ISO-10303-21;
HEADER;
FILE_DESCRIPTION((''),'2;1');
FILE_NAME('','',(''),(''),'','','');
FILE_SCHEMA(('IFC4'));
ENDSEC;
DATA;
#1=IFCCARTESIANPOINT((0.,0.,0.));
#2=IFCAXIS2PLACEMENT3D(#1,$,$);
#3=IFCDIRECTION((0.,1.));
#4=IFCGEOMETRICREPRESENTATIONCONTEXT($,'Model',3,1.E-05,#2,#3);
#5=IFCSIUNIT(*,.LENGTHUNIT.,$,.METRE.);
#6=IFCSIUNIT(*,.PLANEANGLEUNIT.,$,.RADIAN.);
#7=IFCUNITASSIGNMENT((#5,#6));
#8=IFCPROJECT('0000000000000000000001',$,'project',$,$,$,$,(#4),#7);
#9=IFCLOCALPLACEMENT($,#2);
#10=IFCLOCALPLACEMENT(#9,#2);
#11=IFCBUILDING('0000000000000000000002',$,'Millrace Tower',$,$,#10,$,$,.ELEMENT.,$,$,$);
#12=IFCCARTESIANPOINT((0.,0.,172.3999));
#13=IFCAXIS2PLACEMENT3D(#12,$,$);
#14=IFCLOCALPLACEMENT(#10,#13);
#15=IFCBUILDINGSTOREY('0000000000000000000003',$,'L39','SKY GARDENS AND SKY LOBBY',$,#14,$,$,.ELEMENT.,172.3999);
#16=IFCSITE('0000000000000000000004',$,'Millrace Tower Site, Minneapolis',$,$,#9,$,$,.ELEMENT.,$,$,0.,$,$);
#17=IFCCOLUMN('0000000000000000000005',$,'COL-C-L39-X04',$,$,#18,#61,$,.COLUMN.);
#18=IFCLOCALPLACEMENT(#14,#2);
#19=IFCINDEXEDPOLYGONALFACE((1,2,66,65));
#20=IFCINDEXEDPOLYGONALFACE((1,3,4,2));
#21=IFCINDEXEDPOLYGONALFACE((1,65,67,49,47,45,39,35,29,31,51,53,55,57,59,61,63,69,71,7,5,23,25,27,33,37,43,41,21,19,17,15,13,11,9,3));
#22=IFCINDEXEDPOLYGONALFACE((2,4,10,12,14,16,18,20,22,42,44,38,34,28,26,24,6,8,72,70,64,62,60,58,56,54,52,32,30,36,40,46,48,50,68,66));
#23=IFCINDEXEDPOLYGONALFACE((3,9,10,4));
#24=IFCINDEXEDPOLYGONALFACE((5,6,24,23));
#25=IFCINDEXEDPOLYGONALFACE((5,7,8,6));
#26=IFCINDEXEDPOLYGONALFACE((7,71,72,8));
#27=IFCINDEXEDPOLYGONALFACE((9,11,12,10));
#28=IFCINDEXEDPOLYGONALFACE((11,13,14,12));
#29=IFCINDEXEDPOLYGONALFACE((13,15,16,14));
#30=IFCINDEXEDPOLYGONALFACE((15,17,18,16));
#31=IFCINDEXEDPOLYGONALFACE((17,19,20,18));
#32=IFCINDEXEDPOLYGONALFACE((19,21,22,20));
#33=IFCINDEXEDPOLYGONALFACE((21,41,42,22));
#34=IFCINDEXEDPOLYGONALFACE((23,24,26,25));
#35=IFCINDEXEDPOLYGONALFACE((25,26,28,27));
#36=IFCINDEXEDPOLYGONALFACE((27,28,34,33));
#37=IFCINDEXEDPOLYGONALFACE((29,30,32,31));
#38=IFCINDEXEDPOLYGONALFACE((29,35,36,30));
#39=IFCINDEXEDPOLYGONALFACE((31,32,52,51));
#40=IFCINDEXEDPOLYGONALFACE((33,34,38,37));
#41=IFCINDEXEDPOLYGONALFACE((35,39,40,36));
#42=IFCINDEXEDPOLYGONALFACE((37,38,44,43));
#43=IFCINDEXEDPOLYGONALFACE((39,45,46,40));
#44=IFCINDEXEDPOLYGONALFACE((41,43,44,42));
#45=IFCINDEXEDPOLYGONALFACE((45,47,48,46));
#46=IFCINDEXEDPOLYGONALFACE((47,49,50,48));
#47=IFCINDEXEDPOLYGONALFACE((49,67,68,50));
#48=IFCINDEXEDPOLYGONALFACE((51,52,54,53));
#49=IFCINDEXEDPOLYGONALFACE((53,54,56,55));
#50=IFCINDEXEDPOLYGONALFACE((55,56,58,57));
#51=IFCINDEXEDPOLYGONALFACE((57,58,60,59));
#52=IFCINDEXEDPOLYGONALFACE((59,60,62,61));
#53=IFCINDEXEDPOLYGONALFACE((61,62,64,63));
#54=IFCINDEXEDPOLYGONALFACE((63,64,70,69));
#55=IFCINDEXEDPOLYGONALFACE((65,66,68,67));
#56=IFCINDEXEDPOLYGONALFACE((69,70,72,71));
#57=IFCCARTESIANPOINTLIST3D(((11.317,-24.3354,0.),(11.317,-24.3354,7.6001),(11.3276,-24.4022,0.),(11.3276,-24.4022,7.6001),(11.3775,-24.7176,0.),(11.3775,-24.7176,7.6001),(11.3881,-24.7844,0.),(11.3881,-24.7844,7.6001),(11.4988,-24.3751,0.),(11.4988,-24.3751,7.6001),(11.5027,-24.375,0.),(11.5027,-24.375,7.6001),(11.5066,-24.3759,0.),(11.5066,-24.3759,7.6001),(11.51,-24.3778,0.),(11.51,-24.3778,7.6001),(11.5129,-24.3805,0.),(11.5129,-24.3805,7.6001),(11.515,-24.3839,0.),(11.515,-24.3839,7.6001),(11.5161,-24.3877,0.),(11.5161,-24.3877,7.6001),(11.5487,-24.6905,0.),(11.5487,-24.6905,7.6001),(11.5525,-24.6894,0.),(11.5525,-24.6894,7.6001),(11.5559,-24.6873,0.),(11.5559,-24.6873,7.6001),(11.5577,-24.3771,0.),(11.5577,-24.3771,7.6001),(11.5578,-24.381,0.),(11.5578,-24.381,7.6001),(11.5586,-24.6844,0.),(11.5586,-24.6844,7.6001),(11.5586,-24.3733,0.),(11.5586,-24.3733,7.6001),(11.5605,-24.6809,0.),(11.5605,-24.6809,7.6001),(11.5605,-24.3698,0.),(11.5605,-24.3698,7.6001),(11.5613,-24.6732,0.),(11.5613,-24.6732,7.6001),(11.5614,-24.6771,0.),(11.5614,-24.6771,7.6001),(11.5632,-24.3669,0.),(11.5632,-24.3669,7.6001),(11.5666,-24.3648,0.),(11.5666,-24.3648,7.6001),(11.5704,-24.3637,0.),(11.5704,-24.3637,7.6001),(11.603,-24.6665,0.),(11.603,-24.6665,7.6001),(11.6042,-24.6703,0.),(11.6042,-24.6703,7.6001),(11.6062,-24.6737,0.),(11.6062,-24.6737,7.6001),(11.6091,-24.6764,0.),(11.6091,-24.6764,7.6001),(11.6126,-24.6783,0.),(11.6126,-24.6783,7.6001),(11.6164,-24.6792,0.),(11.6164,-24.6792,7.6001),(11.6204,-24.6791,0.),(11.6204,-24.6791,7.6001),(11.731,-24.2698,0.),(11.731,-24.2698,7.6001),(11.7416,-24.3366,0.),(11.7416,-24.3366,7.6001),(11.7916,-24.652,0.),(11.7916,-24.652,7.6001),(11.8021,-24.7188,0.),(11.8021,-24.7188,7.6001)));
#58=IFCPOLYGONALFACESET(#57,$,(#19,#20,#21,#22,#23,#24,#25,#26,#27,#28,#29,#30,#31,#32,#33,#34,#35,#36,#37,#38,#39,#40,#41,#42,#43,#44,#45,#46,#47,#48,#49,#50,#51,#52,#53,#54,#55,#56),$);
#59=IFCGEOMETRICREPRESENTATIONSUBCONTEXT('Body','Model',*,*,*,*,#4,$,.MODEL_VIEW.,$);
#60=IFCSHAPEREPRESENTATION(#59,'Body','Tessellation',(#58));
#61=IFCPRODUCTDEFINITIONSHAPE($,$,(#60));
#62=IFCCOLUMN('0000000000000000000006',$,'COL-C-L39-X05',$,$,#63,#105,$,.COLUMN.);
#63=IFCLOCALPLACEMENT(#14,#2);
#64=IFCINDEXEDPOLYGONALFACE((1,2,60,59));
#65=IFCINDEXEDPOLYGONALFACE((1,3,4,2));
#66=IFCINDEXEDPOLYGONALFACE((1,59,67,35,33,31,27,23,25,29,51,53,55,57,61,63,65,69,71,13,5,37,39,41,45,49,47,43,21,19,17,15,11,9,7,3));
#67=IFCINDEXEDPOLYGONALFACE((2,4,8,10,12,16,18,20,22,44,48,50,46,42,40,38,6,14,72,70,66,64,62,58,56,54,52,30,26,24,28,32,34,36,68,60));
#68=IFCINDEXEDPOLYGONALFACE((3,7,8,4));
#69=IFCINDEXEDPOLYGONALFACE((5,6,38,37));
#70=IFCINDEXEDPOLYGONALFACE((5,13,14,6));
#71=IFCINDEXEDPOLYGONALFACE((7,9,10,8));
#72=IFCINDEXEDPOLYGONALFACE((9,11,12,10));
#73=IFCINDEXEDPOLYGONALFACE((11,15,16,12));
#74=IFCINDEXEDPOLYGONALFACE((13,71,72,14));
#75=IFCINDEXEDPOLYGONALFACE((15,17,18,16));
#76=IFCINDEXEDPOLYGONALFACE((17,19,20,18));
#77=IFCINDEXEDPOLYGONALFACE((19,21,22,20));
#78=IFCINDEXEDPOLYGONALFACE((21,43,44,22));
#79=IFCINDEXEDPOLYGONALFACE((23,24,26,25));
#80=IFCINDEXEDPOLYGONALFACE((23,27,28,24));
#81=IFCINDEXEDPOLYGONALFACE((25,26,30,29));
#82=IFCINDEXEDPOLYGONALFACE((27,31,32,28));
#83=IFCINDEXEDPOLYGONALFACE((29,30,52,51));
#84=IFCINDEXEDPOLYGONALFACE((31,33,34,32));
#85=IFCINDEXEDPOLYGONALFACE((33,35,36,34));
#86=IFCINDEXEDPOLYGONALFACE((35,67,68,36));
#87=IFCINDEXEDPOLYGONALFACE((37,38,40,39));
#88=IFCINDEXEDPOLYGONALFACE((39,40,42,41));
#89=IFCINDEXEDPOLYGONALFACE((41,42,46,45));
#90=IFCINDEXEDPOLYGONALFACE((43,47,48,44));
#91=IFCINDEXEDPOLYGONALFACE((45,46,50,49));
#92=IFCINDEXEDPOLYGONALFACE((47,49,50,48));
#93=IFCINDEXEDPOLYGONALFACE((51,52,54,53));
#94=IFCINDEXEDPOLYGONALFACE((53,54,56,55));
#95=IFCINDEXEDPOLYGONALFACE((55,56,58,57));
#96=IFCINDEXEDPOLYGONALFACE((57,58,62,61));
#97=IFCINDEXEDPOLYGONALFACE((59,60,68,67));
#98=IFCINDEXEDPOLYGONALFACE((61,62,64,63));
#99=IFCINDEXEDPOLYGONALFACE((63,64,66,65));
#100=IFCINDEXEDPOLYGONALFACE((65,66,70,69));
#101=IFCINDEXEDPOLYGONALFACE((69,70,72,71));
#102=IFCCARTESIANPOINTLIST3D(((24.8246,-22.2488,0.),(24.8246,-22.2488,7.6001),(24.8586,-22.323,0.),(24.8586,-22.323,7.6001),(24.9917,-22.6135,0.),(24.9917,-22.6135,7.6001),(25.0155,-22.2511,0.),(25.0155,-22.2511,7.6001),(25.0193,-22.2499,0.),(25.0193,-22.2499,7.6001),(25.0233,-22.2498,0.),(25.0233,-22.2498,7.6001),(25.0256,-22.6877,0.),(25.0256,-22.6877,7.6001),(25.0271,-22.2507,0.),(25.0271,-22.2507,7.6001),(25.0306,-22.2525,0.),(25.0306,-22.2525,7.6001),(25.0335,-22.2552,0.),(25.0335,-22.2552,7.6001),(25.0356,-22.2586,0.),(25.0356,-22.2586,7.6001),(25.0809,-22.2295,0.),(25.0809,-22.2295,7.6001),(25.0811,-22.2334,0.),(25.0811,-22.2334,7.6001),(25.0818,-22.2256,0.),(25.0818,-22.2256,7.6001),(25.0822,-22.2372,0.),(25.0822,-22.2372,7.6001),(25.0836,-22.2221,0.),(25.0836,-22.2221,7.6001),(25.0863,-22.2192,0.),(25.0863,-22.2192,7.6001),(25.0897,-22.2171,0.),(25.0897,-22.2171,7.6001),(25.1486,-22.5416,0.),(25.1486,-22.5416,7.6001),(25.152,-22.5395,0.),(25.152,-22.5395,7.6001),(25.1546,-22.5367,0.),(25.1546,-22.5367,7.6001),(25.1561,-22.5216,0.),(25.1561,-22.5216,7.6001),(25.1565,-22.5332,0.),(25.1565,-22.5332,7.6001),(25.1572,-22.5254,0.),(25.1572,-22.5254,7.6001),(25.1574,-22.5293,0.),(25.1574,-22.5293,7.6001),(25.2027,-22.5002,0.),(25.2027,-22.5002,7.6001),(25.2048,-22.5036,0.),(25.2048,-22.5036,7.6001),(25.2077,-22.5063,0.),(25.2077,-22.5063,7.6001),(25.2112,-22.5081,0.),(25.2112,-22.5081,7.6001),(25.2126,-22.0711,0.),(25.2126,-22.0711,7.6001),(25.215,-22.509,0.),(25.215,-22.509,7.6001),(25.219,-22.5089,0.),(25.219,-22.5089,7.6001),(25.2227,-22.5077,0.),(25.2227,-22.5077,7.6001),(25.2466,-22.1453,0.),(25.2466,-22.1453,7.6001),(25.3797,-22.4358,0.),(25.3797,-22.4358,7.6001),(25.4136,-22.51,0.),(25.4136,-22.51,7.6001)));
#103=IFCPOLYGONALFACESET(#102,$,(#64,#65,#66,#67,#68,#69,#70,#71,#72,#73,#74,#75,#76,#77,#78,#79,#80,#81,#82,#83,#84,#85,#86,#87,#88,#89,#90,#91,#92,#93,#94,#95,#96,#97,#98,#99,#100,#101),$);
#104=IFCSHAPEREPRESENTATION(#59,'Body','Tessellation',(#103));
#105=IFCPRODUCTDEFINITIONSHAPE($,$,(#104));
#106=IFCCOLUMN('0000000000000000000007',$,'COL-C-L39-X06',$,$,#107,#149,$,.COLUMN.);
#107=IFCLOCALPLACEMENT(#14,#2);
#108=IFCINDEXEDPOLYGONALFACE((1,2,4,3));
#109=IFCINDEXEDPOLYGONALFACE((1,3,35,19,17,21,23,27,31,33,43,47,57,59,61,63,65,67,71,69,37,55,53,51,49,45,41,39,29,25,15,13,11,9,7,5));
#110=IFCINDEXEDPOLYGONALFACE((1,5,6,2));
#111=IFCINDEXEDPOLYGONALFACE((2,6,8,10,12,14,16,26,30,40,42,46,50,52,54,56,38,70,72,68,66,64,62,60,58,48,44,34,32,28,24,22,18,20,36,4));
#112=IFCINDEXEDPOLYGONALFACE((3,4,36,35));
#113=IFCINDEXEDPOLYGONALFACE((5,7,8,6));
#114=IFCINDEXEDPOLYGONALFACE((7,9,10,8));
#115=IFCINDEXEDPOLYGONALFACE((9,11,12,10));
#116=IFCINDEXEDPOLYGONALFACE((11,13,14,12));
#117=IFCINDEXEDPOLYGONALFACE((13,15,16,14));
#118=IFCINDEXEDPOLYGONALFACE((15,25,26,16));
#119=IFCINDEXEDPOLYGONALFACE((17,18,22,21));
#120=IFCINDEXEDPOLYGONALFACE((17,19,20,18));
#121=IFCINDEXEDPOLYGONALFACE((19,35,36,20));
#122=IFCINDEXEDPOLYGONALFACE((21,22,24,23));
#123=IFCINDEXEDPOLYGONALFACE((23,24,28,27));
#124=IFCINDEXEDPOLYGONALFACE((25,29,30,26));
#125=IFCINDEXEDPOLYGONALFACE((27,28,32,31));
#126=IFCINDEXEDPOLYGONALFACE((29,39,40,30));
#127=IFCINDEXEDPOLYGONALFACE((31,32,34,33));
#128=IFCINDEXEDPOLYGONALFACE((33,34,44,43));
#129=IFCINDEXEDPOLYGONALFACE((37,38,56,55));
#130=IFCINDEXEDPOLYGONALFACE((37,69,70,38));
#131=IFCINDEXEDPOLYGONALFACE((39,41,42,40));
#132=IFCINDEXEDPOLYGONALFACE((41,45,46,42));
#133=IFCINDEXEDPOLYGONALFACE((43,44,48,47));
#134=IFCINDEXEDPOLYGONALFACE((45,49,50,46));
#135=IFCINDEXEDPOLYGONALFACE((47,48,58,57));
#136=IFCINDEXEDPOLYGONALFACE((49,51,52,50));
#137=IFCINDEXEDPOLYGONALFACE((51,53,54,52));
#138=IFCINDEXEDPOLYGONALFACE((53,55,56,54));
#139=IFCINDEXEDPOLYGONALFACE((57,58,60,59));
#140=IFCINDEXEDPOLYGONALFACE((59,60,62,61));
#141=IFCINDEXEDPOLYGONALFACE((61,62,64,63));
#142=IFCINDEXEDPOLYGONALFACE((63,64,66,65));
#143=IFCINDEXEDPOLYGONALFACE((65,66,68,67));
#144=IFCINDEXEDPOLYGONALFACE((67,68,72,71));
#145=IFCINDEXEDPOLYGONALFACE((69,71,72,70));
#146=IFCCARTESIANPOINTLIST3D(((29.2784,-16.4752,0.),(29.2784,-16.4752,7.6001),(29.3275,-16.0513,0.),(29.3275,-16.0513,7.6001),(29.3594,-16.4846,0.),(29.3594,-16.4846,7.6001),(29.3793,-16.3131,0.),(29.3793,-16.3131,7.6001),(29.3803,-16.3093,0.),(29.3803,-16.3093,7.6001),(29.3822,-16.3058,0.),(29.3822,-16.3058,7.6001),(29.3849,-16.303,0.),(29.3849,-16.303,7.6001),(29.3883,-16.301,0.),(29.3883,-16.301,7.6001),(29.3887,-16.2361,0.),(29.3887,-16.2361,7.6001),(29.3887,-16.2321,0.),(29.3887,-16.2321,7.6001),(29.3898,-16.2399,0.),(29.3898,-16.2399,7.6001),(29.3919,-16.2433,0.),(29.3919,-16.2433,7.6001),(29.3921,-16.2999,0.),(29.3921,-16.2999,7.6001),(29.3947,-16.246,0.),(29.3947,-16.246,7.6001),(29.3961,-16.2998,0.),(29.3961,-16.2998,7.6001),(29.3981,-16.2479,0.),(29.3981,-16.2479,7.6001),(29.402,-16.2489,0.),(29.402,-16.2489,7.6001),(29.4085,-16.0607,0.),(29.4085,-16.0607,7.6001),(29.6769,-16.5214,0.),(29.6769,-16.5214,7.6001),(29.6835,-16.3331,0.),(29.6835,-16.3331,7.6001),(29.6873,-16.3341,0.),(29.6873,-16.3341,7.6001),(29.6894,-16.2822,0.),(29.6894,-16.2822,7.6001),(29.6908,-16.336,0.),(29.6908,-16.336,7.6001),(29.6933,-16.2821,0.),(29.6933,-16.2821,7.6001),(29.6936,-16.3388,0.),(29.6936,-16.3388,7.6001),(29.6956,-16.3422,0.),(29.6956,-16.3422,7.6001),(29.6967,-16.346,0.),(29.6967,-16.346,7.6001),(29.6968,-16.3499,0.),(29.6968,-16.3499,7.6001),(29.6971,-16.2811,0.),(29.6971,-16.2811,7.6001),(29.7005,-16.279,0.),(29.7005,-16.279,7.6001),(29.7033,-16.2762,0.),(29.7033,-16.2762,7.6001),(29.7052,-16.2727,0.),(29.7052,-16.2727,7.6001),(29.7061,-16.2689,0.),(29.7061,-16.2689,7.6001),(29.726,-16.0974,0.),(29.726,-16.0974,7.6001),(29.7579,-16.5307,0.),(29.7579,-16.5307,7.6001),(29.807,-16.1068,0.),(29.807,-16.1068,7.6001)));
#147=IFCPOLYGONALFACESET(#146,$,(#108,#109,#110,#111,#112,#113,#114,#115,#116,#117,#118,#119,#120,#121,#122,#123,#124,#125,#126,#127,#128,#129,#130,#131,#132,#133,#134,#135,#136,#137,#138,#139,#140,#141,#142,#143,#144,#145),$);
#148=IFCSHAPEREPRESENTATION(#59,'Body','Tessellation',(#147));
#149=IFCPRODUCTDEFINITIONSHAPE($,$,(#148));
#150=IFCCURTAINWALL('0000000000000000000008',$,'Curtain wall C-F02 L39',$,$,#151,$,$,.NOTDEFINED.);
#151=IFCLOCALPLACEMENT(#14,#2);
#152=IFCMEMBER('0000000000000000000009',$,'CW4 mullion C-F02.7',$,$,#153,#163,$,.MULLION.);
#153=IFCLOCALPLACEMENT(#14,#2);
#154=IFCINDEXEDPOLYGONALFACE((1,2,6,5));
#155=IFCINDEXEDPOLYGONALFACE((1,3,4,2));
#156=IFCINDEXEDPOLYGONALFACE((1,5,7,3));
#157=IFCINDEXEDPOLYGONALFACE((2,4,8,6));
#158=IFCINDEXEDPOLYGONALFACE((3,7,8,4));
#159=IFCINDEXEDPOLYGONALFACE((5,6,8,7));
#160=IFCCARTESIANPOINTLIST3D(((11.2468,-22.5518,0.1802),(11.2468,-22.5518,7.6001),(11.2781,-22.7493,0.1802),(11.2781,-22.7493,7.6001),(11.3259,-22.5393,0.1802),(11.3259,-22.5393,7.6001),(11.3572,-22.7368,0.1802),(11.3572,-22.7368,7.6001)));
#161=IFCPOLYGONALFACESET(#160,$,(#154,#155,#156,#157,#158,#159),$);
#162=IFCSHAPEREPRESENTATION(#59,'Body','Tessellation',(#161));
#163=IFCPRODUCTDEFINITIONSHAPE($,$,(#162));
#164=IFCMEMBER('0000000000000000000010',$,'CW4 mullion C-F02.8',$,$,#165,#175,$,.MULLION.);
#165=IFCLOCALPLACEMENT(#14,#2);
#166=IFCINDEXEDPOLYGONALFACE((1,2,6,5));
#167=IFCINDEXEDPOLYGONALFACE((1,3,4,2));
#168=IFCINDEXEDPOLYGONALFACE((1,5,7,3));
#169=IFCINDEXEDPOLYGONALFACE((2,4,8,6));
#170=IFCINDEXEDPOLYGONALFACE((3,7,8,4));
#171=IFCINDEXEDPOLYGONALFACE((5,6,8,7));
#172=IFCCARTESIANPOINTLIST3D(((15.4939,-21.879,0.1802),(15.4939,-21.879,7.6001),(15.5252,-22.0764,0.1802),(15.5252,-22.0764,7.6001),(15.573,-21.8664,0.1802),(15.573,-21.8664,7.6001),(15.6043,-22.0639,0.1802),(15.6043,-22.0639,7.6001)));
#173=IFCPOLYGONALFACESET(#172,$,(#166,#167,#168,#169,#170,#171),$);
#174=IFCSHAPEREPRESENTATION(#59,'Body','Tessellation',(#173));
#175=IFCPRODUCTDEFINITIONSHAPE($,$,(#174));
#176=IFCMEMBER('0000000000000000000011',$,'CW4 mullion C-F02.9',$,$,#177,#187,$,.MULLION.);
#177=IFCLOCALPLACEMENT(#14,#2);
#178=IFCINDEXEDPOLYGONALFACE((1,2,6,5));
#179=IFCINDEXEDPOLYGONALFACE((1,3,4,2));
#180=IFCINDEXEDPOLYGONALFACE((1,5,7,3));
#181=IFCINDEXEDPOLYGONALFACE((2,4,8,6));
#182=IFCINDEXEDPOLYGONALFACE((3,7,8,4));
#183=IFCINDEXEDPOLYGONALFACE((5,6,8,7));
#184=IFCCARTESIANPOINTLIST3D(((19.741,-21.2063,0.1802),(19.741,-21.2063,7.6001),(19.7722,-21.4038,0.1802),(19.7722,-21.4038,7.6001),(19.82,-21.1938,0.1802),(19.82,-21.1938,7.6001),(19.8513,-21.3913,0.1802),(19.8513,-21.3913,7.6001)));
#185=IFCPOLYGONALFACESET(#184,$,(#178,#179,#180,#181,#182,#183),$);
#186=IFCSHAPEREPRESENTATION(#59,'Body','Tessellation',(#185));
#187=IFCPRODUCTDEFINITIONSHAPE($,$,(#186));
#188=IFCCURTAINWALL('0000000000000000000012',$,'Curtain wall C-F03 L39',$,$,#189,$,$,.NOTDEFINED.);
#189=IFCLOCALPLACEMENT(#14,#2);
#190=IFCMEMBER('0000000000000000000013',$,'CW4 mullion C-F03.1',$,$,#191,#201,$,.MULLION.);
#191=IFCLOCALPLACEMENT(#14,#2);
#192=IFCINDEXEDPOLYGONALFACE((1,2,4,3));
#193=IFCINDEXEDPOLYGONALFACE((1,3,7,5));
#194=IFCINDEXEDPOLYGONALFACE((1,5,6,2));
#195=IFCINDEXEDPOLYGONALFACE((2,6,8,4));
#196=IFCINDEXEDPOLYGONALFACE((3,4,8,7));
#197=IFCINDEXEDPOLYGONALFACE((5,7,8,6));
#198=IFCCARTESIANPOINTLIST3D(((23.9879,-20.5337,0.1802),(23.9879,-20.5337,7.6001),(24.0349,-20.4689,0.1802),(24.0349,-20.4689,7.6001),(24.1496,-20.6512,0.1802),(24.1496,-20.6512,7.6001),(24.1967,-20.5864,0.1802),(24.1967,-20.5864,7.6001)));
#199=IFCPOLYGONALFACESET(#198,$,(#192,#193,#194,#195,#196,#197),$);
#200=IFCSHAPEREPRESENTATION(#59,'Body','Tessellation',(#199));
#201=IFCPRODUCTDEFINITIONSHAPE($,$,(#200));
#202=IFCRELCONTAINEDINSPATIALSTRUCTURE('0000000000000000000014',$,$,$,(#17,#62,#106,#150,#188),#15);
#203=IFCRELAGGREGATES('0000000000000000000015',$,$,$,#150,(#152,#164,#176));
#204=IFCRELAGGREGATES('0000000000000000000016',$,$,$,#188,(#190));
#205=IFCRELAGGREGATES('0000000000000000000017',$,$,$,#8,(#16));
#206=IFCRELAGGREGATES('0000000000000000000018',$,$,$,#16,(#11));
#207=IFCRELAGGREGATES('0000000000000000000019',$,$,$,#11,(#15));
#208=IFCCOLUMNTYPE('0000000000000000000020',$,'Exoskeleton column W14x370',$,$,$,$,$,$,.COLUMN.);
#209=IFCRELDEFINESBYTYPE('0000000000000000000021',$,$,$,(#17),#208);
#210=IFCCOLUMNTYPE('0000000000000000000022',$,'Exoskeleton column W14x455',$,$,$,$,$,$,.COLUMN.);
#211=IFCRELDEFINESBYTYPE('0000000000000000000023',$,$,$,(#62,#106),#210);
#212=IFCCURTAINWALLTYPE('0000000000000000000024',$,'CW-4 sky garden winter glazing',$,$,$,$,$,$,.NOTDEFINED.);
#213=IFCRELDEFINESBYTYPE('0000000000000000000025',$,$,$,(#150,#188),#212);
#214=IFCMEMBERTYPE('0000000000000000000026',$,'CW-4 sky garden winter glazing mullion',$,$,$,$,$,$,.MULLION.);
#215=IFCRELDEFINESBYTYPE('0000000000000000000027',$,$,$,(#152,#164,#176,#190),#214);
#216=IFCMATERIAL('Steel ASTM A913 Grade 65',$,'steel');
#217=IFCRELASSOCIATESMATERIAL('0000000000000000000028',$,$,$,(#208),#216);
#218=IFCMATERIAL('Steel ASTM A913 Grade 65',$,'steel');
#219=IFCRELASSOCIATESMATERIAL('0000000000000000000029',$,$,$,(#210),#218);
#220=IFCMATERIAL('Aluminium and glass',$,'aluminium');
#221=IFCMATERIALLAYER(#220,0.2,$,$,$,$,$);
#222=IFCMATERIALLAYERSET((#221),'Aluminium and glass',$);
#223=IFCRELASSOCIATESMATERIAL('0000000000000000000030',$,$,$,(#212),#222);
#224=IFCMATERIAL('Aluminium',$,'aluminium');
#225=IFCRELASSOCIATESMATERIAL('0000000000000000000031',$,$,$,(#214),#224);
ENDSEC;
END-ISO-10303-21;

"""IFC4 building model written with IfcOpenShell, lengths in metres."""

from ifc_helpers import new_model, si_unit, direction, frame, origin, origin_2d, place, context, subcontext, project, spatial, rectangle, i_section, extrude, material, layer, layer_set, material_profile, profile_set, type_object, element, aggregate, save


model = new_model("IFC4")

# Units and contexts
model_context = context("Model", 3, precision=1e-05, world=origin(), true_north=direction((0.0, 1.0)))
body_context = subcontext(model_context, "Body", "Model", "MODEL_VIEW")
ifc_project = project(units=[si_unit("LENGTHUNIT", "METRE"), si_unit("PLANEANGLEUNIT", "RADIAN")], contexts=[model_context])

# Site, building, storey
site_placement = place(None, origin())
site = spatial("IfcSite", under=ifc_project, at=site_placement, Name="Millrace Tower Site, Minneapolis", CompositionType="ELEMENT", RefElevation=0.0)
building_placement = place(site_placement, origin())
building = spatial("IfcBuilding", under=site, at=building_placement, Name="Millrace Tower", CompositionType="ELEMENT")
storey_placement = place(building_placement, frame((0.0, 0.0, 172.3999)))
storey = spatial("IfcBuildingStorey", under=building, at=storey_placement, Name="L39", Description="SKY GARDENS AND SKY LOBBY", CompositionType="ELEMENT", Elevation=172.3999)

# Columns
ifc_material_1 = material(Name="Steel ASTM A913 Grade 65", Category="steel")
ifc_material_profile_1 = material_profile(ifc_material_1, i_section(OverallWidth=0.4192, OverallDepth=0.4546, WebThickness=0.0422, FlangeThickness=0.0676, FilletRadius=0.0151, at=origin_2d()))
ifc_profile_set_1 = profile_set([ifc_material_profile_1], Name="Steel ASTM A913 Grade 65")
column_type_1 = type_object("IfcColumnType", Name="Exoskeleton column W14x370", PredefinedType="COLUMN", material=ifc_profile_set_1)
column_placement = place(storey_placement, frame((11.5596, -24.5271, 0.0), z_axis=(0.0, 0.0, 1.0), x_axis=(0.987688, 0.156434, 0.0)))
element("IfcColumn", 1, at=column_placement, inside=storey, type_object=column_type_1, Name="COL-C-L39-X04", PredefinedType="COLUMN", context=body_context, shape_type="SweptSolid", body=[
    extrude(i_section(OverallWidth=0.4192, OverallDepth=0.4546, WebThickness=0.0422, FlangeThickness=0.0676, FilletRadius=0.0151, at=origin_2d()), origin(), (0.0, 0.0, 1.0), 7.6001),
])
ifc_material_2 = material(Name="Steel ASTM A913 Grade 65", Category="steel")
ifc_material_profile_2 = material_profile(ifc_material_2, i_section(OverallWidth=0.4268, OverallDepth=0.4827, WebThickness=0.0513, FlangeThickness=0.0815, FilletRadius=0.0151, at=origin_2d()))
ifc_profile_set_2 = profile_set([ifc_material_profile_2], Name="Steel ASTM A913 Grade 65")
column_type_2 = type_object("IfcColumnType", Name="Exoskeleton column W14x455", PredefinedType="COLUMN", material=ifc_profile_set_2)
for number, where, z_axis, x_axis, name in (
    (2, (25.1191, -22.3794, 0.0), (0.0, 0.0, 1.0), (0.909181, 0.416401, 0.0), "COL-C-L39-X05"),
    (3, (29.5427, -16.291, 0.0), (0.0, 0.0, 1.0), (0.115069, 0.993358, 0.0), "COL-C-L39-X06"),
):
    element("IfcColumn", number, at=place(storey_placement, frame(where, z_axis=z_axis, x_axis=x_axis)), inside=storey, type_object=column_type_2, Name=name, PredefinedType="COLUMN", context=body_context, shape_type="SweptSolid", body=[
        extrude(i_section(OverallWidth=0.4268, OverallDepth=0.4827, WebThickness=0.0513, FlangeThickness=0.0815, FilletRadius=0.0151, at=origin_2d()), origin(), (0.0, 0.0, 1.0), 7.6001),
    ])

# Curtain wall, members
ifc_material_3 = material(Name="Aluminium and glass", Category="aluminium")
ifc_layer_1 = layer(ifc_material_3, 0.2)
ifc_layer_set_1 = layer_set([ifc_layer_1], Name="Aluminium and glass")
curtain_wall_type = type_object("IfcCurtainWallType", Name="CW-4 sky garden winter glazing", PredefinedType="NOTDEFINED", material=ifc_layer_set_1)
placement = place(storey_placement, origin())
curtain_wall_1 = element("IfcCurtainWall", 4, at=placement, inside=storey, type_object=curtain_wall_type, Name="Curtain wall C-F02 L39", PredefinedType="NOTDEFINED")
ifc_material_4 = material(Name="Aluminium", Category="aluminium")
ifc_material_profile_3 = material_profile(ifc_material_4, rectangle(XDim=0.0801, YDim=0.2, at=origin_2d()))
ifc_profile_set_3 = profile_set([ifc_material_profile_3], Name="Aluminium")
member_type_1 = type_object("IfcMemberType", Name="CW-4 sky garden winter glazing mullion", PredefinedType="MULLION", material=ifc_profile_set_3)
member_1_placement = place(storey_placement, frame((11.302, -22.6443, 0.1802), z_axis=(0.0, 0.0, 1.0), x_axis=(0.987688, 0.156434, 0.0)))
member_1 = element("IfcMember", 5, at=member_1_placement, type_object=member_type_1, Name="CW4 mullion C-F02.7", PredefinedType="MULLION", context=body_context, shape_type="SweptSolid", body=[
    extrude(rectangle(XDim=0.0801, YDim=0.2, at=origin_2d()), origin(), (0.0, 0.0, 1.0), 7.4199),
])
member_2_placement = place(storey_placement, frame((15.5491, -21.9714, 0.1802), z_axis=(0.0, 0.0, 1.0), x_axis=(0.987688, 0.156434, 0.0)))
member_2 = element("IfcMember", 6, at=member_2_placement, type_object=member_type_1, Name="CW4 mullion C-F02.8", PredefinedType="MULLION", context=body_context, shape_type="SweptSolid", body=[
    extrude(rectangle(XDim=0.0801, YDim=0.2, at=origin_2d()), origin(), (0.0, 0.0, 1.0), 7.4199),
])
member_3_placement = place(storey_placement, frame((19.7961, -21.2988, 0.1802), z_axis=(0.0, 0.0, 1.0), x_axis=(0.987688, 0.156434, 0.0)))
member_3 = element("IfcMember", 7, at=member_3_placement, type_object=member_type_1, Name="CW4 mullion C-F02.9", PredefinedType="MULLION", context=body_context, shape_type="SweptSolid", body=[
    extrude(rectangle(XDim=0.0801, YDim=0.2, at=origin_2d()), origin(), (0.0, 0.0, 1.0), 7.4199),
])
aggregate(curtain_wall_1, [member_1, member_2, member_3])

# Curtain wall, member
curtain_wall_2 = element("IfcCurtainWall", 8, at=placement, inside=storey, type_object=curtain_wall_type, Name="Curtain wall C-F03 L39", PredefinedType="NOTDEFINED")
member_4_placement = place(storey_placement, frame((24.0923, -20.5601, 0.1802), z_axis=(0.0, 0.0, 1.0), x_axis=(0.587785, 0.809017, 0.0)))
member_4 = element("IfcMember", 9, at=member_4_placement, type_object=member_type_1, Name="CW4 mullion C-F03.1", PredefinedType="MULLION", context=body_context, shape_type="SweptSolid", body=[
    extrude(rectangle(XDim=0.0801, YDim=0.2, at=origin_2d()), origin(), (0.0, 0.0, 1.0), 7.4199),
])

aggregate(curtain_wall_2, [member_4])

save(model, "model.ifc")
